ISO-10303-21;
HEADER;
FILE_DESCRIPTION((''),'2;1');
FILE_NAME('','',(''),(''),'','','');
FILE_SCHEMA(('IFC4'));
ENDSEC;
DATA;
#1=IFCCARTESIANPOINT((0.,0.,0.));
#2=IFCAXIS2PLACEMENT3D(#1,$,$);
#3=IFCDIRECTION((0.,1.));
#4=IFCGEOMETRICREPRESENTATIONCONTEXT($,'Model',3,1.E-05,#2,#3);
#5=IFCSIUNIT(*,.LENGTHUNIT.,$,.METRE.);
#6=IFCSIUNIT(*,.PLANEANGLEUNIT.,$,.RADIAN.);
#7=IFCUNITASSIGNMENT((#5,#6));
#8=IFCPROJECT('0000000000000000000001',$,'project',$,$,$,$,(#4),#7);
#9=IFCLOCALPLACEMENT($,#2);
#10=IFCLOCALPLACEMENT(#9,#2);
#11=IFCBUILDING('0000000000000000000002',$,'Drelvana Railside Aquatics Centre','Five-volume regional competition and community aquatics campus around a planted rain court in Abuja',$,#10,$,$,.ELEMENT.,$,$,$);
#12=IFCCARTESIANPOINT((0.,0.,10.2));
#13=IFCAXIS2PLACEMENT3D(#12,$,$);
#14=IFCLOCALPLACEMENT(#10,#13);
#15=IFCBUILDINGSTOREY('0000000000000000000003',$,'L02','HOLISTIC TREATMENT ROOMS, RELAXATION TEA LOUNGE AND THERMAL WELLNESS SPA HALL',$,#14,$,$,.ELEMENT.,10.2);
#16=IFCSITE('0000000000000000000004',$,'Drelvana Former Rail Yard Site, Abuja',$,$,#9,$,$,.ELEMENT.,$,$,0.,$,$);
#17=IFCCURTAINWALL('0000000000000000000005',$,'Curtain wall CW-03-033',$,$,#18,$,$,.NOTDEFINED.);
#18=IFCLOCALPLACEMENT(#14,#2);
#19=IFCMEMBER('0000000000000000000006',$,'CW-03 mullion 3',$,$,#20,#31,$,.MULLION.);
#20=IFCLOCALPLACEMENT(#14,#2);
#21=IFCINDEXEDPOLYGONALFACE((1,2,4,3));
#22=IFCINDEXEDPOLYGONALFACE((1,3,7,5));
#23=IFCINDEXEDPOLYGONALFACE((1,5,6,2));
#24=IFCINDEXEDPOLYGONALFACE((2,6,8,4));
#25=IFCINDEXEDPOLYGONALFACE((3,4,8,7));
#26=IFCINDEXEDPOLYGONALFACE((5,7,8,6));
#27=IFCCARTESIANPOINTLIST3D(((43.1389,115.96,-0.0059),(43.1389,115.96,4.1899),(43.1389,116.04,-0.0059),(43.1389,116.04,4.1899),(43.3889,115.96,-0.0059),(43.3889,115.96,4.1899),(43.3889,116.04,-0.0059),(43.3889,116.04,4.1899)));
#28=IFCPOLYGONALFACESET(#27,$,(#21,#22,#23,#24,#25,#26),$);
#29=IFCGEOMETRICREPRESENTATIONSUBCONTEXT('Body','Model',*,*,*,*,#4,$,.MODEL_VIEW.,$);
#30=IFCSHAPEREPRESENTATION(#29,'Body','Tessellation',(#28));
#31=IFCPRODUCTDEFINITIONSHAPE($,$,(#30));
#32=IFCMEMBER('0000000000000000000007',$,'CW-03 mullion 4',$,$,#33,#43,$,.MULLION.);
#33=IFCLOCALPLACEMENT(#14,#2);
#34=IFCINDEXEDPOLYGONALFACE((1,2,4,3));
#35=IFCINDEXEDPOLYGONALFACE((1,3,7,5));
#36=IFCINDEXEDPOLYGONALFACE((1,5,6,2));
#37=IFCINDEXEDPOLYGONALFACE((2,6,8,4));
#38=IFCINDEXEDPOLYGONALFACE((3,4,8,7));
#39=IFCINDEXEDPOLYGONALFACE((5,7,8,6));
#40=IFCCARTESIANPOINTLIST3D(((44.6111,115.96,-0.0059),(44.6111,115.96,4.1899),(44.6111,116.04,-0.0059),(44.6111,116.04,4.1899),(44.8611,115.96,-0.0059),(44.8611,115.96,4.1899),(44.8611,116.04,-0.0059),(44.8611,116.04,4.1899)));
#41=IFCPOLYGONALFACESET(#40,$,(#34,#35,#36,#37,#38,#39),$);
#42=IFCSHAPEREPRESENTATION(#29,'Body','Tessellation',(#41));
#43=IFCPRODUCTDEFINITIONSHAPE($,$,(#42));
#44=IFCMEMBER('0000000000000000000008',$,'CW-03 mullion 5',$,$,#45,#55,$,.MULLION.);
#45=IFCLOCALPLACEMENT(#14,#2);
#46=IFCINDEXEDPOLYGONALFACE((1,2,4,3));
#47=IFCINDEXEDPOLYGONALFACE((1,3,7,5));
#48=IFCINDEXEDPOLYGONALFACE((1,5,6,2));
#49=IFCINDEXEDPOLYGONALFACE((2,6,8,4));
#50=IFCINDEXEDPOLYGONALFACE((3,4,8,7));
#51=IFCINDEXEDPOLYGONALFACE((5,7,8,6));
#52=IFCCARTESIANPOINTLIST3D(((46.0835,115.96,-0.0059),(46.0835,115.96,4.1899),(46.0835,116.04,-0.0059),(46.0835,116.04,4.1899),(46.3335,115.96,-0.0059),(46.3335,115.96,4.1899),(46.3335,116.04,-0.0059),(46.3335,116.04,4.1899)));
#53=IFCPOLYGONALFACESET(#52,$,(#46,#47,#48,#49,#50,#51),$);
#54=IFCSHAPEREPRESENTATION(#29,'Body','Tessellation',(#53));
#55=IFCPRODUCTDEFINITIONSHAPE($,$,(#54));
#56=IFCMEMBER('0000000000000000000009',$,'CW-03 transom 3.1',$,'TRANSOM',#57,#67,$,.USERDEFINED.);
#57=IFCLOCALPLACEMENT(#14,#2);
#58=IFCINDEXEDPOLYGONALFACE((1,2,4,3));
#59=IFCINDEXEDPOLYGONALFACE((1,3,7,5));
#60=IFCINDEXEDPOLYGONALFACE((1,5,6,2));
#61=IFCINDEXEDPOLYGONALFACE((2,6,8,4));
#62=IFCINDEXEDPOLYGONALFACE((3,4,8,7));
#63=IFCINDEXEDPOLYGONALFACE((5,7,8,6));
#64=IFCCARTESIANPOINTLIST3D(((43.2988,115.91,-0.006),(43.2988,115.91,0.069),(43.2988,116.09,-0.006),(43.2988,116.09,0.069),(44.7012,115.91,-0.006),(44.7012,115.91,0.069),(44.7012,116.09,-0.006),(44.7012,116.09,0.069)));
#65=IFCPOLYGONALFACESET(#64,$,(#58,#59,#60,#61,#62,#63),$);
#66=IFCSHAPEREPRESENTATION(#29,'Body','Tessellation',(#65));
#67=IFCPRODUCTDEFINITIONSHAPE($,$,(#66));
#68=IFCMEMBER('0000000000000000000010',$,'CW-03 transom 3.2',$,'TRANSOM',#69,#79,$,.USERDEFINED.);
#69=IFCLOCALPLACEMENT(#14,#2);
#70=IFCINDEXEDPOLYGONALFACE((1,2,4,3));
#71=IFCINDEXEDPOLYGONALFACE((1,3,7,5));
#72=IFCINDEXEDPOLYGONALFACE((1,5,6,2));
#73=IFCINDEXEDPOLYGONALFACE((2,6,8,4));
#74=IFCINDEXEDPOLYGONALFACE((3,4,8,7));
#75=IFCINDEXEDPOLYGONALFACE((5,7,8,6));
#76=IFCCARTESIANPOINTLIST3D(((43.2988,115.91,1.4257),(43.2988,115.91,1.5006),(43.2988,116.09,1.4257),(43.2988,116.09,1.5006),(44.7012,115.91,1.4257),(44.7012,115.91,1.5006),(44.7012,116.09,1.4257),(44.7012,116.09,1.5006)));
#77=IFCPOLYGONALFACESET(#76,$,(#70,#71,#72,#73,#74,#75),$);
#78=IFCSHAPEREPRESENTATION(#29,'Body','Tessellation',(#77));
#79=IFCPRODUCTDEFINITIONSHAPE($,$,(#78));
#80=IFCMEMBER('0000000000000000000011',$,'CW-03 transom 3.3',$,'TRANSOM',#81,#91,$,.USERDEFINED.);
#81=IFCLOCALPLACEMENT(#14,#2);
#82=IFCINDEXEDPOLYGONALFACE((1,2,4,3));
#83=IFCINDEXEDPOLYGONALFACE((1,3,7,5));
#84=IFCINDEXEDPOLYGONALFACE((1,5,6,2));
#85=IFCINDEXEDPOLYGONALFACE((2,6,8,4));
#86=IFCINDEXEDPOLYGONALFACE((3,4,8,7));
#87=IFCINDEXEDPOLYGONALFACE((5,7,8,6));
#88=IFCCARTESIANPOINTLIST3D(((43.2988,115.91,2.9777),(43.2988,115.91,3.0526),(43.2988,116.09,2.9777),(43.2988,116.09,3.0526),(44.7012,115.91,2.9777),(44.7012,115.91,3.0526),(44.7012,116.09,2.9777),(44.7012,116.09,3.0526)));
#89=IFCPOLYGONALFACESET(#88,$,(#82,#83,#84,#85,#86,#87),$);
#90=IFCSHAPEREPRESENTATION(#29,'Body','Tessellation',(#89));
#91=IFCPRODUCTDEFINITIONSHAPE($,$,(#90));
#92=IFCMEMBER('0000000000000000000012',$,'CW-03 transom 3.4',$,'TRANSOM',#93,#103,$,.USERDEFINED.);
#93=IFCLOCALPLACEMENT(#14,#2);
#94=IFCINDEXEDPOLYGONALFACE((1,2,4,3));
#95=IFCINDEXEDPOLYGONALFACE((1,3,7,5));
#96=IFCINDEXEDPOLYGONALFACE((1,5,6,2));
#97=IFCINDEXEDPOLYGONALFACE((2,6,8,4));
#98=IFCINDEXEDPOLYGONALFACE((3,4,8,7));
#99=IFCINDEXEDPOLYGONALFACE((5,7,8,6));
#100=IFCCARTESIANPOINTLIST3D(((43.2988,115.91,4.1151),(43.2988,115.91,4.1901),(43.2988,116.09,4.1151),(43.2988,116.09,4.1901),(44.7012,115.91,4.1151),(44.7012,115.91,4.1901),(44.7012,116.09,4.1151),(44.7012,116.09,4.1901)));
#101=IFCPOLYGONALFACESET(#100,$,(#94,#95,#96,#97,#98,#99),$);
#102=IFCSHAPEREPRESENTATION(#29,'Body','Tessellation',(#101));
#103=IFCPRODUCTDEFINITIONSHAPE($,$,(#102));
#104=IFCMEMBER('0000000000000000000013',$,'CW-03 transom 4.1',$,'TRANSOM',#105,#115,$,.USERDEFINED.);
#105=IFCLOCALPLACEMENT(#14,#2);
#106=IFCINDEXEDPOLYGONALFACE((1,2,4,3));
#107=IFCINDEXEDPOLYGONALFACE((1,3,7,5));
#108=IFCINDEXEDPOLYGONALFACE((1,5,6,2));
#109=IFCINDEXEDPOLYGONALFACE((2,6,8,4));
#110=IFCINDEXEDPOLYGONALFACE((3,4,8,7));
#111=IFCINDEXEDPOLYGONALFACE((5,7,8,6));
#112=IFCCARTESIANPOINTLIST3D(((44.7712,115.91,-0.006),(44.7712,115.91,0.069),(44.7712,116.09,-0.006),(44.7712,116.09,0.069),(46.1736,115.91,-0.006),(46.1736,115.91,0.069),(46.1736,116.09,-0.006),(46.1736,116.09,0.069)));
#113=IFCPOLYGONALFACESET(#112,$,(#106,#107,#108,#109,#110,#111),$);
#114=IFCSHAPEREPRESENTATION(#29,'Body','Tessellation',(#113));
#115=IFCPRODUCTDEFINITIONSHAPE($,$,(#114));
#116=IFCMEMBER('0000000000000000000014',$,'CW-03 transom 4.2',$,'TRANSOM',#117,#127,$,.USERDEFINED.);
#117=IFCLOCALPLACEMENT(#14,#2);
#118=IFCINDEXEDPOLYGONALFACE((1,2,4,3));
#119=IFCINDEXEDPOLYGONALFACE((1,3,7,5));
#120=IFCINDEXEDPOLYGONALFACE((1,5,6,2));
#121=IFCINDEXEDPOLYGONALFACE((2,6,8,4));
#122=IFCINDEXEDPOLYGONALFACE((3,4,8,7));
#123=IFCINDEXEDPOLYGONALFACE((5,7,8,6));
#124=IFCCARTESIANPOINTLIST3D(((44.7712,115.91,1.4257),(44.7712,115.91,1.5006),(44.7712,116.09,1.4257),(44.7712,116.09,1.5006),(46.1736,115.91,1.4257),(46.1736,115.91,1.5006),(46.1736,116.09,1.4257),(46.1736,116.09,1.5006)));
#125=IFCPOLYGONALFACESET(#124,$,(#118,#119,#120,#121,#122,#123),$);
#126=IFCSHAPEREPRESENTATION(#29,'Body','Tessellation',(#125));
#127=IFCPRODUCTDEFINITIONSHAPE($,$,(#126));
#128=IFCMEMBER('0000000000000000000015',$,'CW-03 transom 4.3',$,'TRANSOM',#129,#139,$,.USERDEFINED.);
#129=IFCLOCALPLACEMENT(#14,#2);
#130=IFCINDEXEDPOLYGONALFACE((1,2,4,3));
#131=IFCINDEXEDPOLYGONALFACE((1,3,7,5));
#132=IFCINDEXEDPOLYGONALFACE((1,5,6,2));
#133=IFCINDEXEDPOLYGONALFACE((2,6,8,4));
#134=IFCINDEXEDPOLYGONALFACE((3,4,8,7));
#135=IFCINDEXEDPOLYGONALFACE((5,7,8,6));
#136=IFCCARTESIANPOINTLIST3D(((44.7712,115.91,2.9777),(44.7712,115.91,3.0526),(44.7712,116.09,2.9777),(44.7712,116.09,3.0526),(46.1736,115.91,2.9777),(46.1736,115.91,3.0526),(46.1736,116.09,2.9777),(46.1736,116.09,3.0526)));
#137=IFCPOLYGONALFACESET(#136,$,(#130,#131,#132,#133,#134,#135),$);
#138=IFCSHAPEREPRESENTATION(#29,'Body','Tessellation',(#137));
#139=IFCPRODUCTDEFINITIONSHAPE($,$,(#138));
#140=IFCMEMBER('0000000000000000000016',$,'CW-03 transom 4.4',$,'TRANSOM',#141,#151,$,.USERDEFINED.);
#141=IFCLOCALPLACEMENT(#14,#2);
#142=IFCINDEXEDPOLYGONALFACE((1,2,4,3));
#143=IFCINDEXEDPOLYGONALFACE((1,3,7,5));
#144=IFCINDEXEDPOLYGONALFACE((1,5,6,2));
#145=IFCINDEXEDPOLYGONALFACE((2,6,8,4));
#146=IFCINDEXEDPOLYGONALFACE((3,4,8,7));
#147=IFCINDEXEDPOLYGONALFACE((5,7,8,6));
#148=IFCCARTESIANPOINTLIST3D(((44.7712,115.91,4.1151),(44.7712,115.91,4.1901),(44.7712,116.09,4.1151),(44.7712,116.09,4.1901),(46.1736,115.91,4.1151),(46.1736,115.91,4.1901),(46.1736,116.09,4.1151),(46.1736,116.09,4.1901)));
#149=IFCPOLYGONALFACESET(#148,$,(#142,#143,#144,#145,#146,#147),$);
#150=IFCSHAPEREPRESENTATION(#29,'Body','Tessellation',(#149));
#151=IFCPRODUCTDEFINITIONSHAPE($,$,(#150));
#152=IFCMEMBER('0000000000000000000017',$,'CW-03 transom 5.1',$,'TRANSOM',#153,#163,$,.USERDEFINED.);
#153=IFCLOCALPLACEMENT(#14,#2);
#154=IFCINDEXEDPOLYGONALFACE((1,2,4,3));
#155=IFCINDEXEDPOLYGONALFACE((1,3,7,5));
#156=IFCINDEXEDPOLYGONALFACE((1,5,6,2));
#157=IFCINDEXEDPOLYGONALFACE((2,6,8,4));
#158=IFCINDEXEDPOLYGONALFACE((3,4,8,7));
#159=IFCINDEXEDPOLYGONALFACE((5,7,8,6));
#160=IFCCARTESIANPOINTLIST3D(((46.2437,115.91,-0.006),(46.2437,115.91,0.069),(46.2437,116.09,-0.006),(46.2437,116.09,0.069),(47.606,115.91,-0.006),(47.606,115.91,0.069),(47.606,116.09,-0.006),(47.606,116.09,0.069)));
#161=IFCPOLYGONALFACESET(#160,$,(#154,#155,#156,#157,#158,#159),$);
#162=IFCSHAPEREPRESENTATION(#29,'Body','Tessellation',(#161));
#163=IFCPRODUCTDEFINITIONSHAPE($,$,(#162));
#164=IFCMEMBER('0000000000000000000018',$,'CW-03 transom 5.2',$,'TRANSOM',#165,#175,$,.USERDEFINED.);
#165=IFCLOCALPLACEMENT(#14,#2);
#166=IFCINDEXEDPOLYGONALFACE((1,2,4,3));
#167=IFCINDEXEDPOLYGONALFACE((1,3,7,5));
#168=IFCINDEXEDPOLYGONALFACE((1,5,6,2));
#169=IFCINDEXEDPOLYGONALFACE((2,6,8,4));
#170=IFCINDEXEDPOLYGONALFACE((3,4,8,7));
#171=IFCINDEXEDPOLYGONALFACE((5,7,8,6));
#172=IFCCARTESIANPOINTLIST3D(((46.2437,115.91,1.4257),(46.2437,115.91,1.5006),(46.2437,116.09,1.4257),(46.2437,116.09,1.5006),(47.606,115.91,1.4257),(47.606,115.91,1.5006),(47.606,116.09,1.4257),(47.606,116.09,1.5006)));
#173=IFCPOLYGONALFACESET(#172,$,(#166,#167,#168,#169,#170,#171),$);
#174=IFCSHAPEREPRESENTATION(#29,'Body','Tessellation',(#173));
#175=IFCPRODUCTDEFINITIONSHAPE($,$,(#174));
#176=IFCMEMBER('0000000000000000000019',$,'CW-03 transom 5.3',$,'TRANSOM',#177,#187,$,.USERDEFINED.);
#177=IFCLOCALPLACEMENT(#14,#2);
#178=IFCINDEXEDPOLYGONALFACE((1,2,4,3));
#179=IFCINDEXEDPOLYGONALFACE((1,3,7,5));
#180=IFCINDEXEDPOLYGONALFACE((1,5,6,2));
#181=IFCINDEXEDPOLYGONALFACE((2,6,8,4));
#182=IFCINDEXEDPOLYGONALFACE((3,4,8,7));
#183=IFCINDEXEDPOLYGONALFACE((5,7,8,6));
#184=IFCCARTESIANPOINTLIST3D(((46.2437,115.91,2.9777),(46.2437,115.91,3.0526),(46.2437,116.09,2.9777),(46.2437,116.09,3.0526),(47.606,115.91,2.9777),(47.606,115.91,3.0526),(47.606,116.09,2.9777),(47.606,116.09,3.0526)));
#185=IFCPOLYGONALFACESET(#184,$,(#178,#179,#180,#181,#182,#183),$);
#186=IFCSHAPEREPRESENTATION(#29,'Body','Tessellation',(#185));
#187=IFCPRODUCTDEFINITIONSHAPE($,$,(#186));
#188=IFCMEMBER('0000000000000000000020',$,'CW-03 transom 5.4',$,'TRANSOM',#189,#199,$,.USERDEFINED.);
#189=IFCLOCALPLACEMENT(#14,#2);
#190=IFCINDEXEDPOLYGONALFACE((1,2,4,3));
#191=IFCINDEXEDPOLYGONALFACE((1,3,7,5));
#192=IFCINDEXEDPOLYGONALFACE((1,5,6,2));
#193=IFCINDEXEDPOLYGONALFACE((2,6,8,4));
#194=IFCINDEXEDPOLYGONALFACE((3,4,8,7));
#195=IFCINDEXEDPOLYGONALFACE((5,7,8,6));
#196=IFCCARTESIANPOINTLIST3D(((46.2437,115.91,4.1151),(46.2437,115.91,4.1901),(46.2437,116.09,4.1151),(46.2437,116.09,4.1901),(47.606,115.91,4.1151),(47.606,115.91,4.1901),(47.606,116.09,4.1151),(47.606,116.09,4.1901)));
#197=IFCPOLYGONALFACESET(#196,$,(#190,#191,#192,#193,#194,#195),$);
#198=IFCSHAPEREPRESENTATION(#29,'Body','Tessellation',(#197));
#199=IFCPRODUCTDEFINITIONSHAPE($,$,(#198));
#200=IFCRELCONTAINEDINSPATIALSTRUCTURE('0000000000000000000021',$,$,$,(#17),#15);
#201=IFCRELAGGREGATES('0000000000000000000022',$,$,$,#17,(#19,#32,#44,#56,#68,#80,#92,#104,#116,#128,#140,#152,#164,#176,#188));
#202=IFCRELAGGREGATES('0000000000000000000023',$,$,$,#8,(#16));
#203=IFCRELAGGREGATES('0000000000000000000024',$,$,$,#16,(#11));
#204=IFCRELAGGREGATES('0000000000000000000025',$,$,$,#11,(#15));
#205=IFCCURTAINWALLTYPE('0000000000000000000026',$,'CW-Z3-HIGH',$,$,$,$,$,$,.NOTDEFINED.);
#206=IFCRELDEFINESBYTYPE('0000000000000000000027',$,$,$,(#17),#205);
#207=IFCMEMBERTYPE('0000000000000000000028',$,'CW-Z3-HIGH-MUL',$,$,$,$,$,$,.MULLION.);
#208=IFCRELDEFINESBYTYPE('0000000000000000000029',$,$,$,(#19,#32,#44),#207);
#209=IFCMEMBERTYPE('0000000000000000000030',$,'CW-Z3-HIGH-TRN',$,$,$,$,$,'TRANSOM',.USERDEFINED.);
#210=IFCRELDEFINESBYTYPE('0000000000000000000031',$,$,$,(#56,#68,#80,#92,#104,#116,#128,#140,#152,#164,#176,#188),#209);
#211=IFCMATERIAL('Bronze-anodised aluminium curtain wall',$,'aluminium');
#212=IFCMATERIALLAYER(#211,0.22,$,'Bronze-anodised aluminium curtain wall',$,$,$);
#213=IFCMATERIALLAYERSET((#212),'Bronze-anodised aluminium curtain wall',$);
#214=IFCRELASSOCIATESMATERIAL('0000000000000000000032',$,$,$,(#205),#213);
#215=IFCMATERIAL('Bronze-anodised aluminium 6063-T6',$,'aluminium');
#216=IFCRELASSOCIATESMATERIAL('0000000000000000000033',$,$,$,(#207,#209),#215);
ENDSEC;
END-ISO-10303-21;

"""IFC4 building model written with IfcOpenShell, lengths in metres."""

from ifc_helpers import new_model, si_unit, direction, frame, origin, origin_2d, place, context, subcontext, project, spatial, rectangle, extrude, material, layer, layer_set, material_profile, profile_set, type_object, element, aggregate, save


model = new_model("IFC4")

# Units and contexts
model_context = context("Model", 3, precision=1e-05, world=origin(), true_north=direction((0.0, 1.0)))
body_context = subcontext(model_context, "Body", "Model", "MODEL_VIEW")
ifc_project = project(units=[si_unit("LENGTHUNIT", "METRE"), si_unit("PLANEANGLEUNIT", "RADIAN")], contexts=[model_context])

# Site, building, storey
site_placement = place(None, origin())
site = spatial("IfcSite", under=ifc_project, at=site_placement, Name="Drelvana Former Rail Yard Site, Abuja", CompositionType="ELEMENT", RefElevation=0.0)
building_placement = place(site_placement, origin())
building = spatial("IfcBuilding", under=site, at=building_placement, Name="Drelvana Railside Aquatics Centre", Description="Five-volume regional competition and community aquatics campus around a planted rain court in Abuja", CompositionType="ELEMENT")
storey_placement = place(building_placement, frame((0.0, 0.0, 10.2)))
storey = spatial("IfcBuildingStorey", under=building, at=storey_placement, Name="L02", Description="HOLISTIC TREATMENT ROOMS, RELAXATION TEA LOUNGE AND THERMAL WELLNESS SPA HALL", CompositionType="ELEMENT", Elevation=10.2)

# Curtain wall, members
ifc_material_1 = material(Name="Bronze-anodised aluminium curtain wall", Category="aluminium")
ifc_layer_1 = layer(ifc_material_1, 0.22, Name="Bronze-anodised aluminium curtain wall")
ifc_layer_set_1 = layer_set([ifc_layer_1], Name="Bronze-anodised aluminium curtain wall")
curtain_wall_type = type_object("IfcCurtainWallType", Name="CW-Z3-HIGH", PredefinedType="NOTDEFINED", material=ifc_layer_set_1)
curtain_wall_placement = place(storey_placement, origin())
curtain_wall = element("IfcCurtainWall", 1, at=curtain_wall_placement, inside=storey, type_object=curtain_wall_type, Name="Curtain wall CW-03-033", PredefinedType="NOTDEFINED")
ifc_material_2 = material(Name="Bronze-anodised aluminium 6063-T6", Category="aluminium")
ifc_material_profile_1 = material_profile(ifc_material_2, rectangle(XDim=0.0801, YDim=0.25, at=origin_2d()), Name="ALU-M 80x250")
ifc_profile_set_1 = profile_set([ifc_material_profile_1], Name="Bronze-anodised aluminium 6063-T6")
member_type_1 = type_object("IfcMemberType", Name="CW-Z3-HIGH-MUL", PredefinedType="MULLION", material=ifc_profile_set_1)
member_1_placement = place(storey_placement, frame((43.2639, 116.0, -0.0059), z_axis=(0.0, 0.0, 1.0), x_axis=(0.0, 1.0, 0.0)))
member_1 = element("IfcMember", 2, at=member_1_placement, type_object=member_type_1, Name="CW-03 mullion 3", PredefinedType="MULLION", context=body_context, shape_type="SweptSolid", body=[
    extrude(rectangle(XDim=0.0801, YDim=0.25, at=origin_2d()), origin(), (0.0, 0.0, 1.0), 4.1958),
])
member_2_placement = place(storey_placement, frame((44.7361, 116.0, -0.0059), z_axis=(0.0, 0.0, 1.0), x_axis=(0.0, 1.0, 0.0)))
member_2 = element("IfcMember", 3, at=member_2_placement, type_object=member_type_1, Name="CW-03 mullion 4", PredefinedType="MULLION", context=body_context, shape_type="SweptSolid", body=[
    extrude(rectangle(XDim=0.0801, YDim=0.25, at=origin_2d()), origin(), (0.0, 0.0, 1.0), 4.1958),
])
member_3_placement = place(storey_placement, frame((46.2085, 116.0, -0.0059), z_axis=(0.0, 0.0, 1.0), x_axis=(0.0, 1.0, 0.0)))
member_3 = element("IfcMember", 4, at=member_3_placement, type_object=member_type_1, Name="CW-03 mullion 5", PredefinedType="MULLION", context=body_context, shape_type="SweptSolid", body=[
    extrude(rectangle(XDim=0.0801, YDim=0.25, at=origin_2d()), origin(), (0.0, 0.0, 1.0), 4.1958),
])
ifc_material_profile_2 = material_profile(ifc_material_2, rectangle(XDim=0.1799, YDim=0.075, at=origin_2d()), Name="ALU-T 75x180")
ifc_profile_set_2 = profile_set([ifc_material_profile_2], Name="Bronze-anodised aluminium 6063-T6")
member_type_2 = type_object("IfcMemberType", Name="CW-Z3-HIGH-TRN", ElementType="TRANSOM", PredefinedType="USERDEFINED", material=ifc_profile_set_2)
member_4_placement = place(storey_placement, frame((43.2988, 116.0, 0.0315), z_axis=(1.0, 0.0, 0.0), x_axis=(0.0, 1.0, 0.0)))
member_4 = element("IfcMember", 5, at=member_4_placement, type_object=member_type_2, Name="CW-03 transom 3.1", ObjectType="TRANSOM", PredefinedType="USERDEFINED", context=body_context, shape_type="SweptSolid", body=[
    extrude(rectangle(XDim=0.1799, YDim=0.075, at=origin_2d()), origin(), (0.0, 0.0, 1.0), 1.4023),
])
member_5_placement = place(storey_placement, frame((43.2988, 116.0, 1.4631), z_axis=(1.0, 0.0, 0.0), x_axis=(0.0, 1.0, 0.0)))
member_5 = element("IfcMember", 6, at=member_5_placement, type_object=member_type_2, Name="CW-03 transom 3.2", ObjectType="TRANSOM", PredefinedType="USERDEFINED", context=body_context, shape_type="SweptSolid", body=[
    extrude(rectangle(XDim=0.1799, YDim=0.075, at=origin_2d()), origin(), (0.0, 0.0, 1.0), 1.4023),
])
member_6_placement = place(storey_placement, frame((43.2988, 116.0, 3.0151), z_axis=(1.0, 0.0, 0.0), x_axis=(0.0, 1.0, 0.0)))
member_6 = element("IfcMember", 7, at=member_6_placement, type_object=member_type_2, Name="CW-03 transom 3.3", ObjectType="TRANSOM", PredefinedType="USERDEFINED", context=body_context, shape_type="SweptSolid", body=[
    extrude(rectangle(XDim=0.1799, YDim=0.075, at=origin_2d()), origin(), (0.0, 0.0, 1.0), 1.4023),
])
member_7_placement = place(storey_placement, frame((43.2988, 116.0, 4.1526), z_axis=(1.0, 0.0, 0.0), x_axis=(0.0, 1.0, 0.0)))
member_7 = element("IfcMember", 8, at=member_7_placement, type_object=member_type_2, Name="CW-03 transom 3.4", ObjectType="TRANSOM", PredefinedType="USERDEFINED", context=body_context, shape_type="SweptSolid", body=[
    extrude(rectangle(XDim=0.1799, YDim=0.075, at=origin_2d()), origin(), (0.0, 0.0, 1.0), 1.4023),
])
member_8_placement = place(storey_placement, frame((44.7712, 116.0, 0.0315), z_axis=(1.0, 0.0, 0.0), x_axis=(0.0, 1.0, 0.0)))
member_8 = element("IfcMember", 9, at=member_8_placement, type_object=member_type_2, Name="CW-03 transom 4.1", ObjectType="TRANSOM", PredefinedType="USERDEFINED", context=body_context, shape_type="SweptSolid", body=[
    extrude(rectangle(XDim=0.1799, YDim=0.075, at=origin_2d()), origin(), (0.0, 0.0, 1.0), 1.4023),
])
member_9_placement = place(storey_placement, frame((44.7712, 116.0, 1.4631), z_axis=(1.0, 0.0, 0.0), x_axis=(0.0, 1.0, 0.0)))
member_9 = element("IfcMember", 10, at=member_9_placement, type_object=member_type_2, Name="CW-03 transom 4.2", ObjectType="TRANSOM", PredefinedType="USERDEFINED", context=body_context, shape_type="SweptSolid", body=[
    extrude(rectangle(XDim=0.1799, YDim=0.075, at=origin_2d()), origin(), (0.0, 0.0, 1.0), 1.4023),
])
member_10_placement = place(storey_placement, frame((44.7712, 116.0, 3.0151), z_axis=(1.0, 0.0, 0.0), x_axis=(0.0, 1.0, 0.0)))
member_10 = element("IfcMember", 11, at=member_10_placement, type_object=member_type_2, Name="CW-03 transom 4.3", ObjectType="TRANSOM", PredefinedType="USERDEFINED", context=body_context, shape_type="SweptSolid", body=[
    extrude(rectangle(XDim=0.1799, YDim=0.075, at=origin_2d()), origin(), (0.0, 0.0, 1.0), 1.4023),
])
member_11_placement = place(storey_placement, frame((44.7712, 116.0, 4.1526), z_axis=(1.0, 0.0, 0.0), x_axis=(0.0, 1.0, 0.0)))
member_11 = element("IfcMember", 12, at=member_11_placement, type_object=member_type_2, Name="CW-03 transom 4.4", ObjectType="TRANSOM", PredefinedType="USERDEFINED", context=body_context, shape_type="SweptSolid", body=[
    extrude(rectangle(XDim=0.1799, YDim=0.075, at=origin_2d()), origin(), (0.0, 0.0, 1.0), 1.4023),
])
member_12_placement = place(storey_placement, frame((46.2437, 116.0, 0.0315), z_axis=(1.0, 0.0, 0.0), x_axis=(0.0, 1.0, 0.0)))
member_12 = element("IfcMember", 13, at=member_12_placement, type_object=member_type_2, Name="CW-03 transom 5.1", ObjectType="TRANSOM", PredefinedType="USERDEFINED", context=body_context, shape_type="SweptSolid", body=[
    extrude(rectangle(XDim=0.1799, YDim=0.075, at=origin_2d()), origin(), (0.0, 0.0, 1.0), 1.3623),
])
member_13_placement = place(storey_placement, frame((46.2437, 116.0, 1.4631), z_axis=(1.0, 0.0, 0.0), x_axis=(0.0, 1.0, 0.0)))
member_13 = element("IfcMember", 14, at=member_13_placement, type_object=member_type_2, Name="CW-03 transom 5.2", ObjectType="TRANSOM", PredefinedType="USERDEFINED", context=body_context, shape_type="SweptSolid", body=[
    extrude(rectangle(XDim=0.1799, YDim=0.075, at=origin_2d()), origin(), (0.0, 0.0, 1.0), 1.3623),
])
member_14_placement = place(storey_placement, frame((46.2437, 116.0, 3.0151), z_axis=(1.0, 0.0, 0.0), x_axis=(0.0, 1.0, 0.0)))
member_14 = element("IfcMember", 15, at=member_14_placement, type_object=member_type_2, Name="CW-03 transom 5.3", ObjectType="TRANSOM", PredefinedType="USERDEFINED", context=body_context, shape_type="SweptSolid", body=[
    extrude(rectangle(XDim=0.1799, YDim=0.075, at=origin_2d()), origin(), (0.0, 0.0, 1.0), 1.3623),
])
member_15_placement = place(storey_placement, frame((46.2437, 116.0, 4.1526), z_axis=(1.0, 0.0, 0.0), x_axis=(0.0, 1.0, 0.0)))
member_15 = element("IfcMember", 16, at=member_15_placement, type_object=member_type_2, Name="CW-03 transom 5.4", ObjectType="TRANSOM", PredefinedType="USERDEFINED", context=body_context, shape_type="SweptSolid", body=[
    extrude(rectangle(XDim=0.1799, YDim=0.075, at=origin_2d()), origin(), (0.0, 0.0, 1.0), 1.3623),
])
aggregate(curtain_wall, [member_1, member_2, member_3, member_4, member_5, member_6, member_7, member_8, member_9, member_10, member_11, member_12, member_13, member_14, member_15])

save(model, "model.ifc")
